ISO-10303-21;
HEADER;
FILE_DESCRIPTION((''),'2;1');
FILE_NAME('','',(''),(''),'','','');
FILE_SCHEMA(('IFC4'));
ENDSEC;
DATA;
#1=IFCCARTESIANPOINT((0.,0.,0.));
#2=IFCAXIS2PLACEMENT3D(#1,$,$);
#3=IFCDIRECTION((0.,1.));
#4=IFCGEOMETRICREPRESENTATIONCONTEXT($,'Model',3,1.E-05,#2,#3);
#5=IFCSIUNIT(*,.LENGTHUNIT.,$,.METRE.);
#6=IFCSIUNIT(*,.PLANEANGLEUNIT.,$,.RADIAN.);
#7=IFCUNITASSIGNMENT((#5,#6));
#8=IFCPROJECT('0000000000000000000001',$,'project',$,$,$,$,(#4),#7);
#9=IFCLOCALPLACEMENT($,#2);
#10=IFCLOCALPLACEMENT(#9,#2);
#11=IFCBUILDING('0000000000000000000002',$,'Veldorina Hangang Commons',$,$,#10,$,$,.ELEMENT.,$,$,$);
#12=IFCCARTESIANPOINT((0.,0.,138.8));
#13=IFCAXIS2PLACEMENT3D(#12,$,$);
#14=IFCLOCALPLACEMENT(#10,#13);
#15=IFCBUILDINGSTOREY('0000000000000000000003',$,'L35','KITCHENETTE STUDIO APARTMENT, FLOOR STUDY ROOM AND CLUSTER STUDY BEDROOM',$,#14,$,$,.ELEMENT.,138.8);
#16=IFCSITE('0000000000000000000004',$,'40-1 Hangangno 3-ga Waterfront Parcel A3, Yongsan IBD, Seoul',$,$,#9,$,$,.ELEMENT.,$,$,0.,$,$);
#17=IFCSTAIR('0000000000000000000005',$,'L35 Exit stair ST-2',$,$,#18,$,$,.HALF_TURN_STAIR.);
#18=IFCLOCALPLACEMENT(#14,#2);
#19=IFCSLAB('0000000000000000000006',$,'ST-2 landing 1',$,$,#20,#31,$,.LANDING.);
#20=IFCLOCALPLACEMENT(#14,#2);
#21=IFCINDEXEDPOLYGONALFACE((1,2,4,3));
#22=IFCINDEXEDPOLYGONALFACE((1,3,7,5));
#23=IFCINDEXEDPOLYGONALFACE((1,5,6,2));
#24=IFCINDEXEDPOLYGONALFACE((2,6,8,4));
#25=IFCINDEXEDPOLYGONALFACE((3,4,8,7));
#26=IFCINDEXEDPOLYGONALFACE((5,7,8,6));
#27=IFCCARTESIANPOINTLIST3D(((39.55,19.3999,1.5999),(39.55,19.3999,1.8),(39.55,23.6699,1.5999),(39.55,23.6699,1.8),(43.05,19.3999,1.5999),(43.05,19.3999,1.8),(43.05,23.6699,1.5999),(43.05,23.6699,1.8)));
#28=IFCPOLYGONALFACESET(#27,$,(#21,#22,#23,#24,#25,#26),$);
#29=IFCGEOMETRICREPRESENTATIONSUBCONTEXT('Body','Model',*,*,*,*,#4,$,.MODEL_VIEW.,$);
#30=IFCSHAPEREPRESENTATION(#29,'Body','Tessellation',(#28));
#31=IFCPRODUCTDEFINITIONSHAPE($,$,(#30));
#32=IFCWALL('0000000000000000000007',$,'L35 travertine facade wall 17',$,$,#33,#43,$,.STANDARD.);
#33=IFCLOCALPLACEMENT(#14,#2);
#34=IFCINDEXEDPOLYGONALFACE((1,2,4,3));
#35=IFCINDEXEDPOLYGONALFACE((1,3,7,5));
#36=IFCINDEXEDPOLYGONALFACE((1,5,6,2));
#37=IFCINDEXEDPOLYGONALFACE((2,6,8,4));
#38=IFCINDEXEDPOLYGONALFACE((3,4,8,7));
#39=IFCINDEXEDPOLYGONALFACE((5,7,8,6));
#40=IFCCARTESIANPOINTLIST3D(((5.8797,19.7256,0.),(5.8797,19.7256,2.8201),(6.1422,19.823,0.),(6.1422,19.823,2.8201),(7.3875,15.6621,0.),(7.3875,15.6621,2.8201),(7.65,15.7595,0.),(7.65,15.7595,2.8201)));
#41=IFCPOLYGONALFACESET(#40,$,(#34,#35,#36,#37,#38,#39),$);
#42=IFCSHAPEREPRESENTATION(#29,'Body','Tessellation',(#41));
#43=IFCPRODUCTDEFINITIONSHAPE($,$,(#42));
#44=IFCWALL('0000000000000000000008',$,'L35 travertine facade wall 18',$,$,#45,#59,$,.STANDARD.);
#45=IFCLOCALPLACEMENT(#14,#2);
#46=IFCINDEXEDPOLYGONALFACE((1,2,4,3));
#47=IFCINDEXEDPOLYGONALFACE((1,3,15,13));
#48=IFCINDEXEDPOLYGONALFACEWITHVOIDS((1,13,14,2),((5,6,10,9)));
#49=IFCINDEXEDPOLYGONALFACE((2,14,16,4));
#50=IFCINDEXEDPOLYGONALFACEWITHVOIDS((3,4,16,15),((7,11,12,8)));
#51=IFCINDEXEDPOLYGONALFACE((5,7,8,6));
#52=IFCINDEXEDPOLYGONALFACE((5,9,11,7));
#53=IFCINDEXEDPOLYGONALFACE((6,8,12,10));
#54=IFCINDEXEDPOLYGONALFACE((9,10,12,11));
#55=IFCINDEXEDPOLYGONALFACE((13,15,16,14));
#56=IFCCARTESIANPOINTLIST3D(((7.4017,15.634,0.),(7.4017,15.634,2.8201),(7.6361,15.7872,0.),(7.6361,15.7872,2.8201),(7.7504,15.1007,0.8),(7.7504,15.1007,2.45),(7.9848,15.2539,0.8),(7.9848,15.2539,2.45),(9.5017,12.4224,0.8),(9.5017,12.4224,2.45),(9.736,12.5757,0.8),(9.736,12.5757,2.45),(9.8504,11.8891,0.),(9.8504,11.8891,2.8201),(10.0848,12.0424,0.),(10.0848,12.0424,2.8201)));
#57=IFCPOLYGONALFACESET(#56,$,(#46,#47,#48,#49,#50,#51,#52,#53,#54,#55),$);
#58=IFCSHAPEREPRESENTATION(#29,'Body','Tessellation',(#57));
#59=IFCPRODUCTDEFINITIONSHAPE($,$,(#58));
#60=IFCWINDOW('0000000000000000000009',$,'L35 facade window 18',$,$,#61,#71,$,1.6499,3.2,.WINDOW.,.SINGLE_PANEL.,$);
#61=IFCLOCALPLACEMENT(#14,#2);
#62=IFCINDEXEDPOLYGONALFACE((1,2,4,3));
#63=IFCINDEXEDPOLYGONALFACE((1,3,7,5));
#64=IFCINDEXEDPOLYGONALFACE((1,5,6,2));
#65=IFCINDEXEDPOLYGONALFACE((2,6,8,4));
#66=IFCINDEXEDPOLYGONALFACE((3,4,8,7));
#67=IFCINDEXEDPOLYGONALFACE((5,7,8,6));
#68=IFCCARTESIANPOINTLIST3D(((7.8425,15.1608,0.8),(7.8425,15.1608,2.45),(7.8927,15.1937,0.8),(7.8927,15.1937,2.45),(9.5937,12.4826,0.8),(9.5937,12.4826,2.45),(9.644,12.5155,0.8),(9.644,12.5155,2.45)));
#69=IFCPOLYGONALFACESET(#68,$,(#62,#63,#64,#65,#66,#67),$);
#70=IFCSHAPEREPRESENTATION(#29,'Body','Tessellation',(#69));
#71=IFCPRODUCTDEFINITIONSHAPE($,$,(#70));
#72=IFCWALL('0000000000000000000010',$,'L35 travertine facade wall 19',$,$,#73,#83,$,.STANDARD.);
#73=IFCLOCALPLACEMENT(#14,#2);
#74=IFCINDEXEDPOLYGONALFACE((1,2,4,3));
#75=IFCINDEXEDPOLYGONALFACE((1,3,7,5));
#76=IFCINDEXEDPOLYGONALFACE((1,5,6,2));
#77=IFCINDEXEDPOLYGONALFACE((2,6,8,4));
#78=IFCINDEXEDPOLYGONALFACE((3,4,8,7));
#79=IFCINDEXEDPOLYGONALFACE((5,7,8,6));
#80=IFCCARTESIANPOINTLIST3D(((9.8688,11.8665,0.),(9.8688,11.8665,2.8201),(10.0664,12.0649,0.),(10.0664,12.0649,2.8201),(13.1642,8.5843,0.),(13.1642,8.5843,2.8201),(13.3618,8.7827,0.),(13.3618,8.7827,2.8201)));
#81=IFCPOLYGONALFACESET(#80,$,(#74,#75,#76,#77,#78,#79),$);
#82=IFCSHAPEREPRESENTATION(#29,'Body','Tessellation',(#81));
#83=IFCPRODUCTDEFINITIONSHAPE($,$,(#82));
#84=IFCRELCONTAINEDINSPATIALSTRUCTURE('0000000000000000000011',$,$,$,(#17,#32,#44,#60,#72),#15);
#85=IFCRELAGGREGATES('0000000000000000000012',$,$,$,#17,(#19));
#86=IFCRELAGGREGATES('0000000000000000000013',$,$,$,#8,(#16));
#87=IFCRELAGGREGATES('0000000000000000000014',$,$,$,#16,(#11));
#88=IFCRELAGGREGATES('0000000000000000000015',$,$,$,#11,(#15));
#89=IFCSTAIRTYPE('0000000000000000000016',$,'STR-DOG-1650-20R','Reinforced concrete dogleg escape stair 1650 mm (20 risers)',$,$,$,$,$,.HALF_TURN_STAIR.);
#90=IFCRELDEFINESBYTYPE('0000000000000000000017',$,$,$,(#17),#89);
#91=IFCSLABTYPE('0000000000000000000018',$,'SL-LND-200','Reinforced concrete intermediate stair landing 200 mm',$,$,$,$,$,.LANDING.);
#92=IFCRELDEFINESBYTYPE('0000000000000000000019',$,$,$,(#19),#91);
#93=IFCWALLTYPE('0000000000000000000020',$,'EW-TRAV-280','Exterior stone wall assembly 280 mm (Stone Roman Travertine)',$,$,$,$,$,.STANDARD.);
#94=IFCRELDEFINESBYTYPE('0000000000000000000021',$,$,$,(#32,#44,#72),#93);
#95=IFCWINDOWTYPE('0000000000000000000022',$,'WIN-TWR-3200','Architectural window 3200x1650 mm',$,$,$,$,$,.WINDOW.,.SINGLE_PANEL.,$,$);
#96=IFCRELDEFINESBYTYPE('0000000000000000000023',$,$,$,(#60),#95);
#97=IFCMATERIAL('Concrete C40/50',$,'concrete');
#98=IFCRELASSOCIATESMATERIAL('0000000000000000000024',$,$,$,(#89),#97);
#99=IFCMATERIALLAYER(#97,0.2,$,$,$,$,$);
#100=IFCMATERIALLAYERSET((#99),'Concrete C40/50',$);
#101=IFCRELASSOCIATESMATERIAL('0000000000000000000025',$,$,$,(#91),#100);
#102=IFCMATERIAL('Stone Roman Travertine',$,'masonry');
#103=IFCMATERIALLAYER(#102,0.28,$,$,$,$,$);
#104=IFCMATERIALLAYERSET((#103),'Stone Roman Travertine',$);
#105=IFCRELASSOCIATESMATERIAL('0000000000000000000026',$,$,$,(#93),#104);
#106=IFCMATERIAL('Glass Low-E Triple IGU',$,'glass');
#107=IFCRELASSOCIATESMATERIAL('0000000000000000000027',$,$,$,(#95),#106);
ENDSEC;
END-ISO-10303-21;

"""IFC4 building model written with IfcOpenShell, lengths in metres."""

from ifc_helpers import new_model, si_unit, direction, frame, frame_2d, origin, place, context, subcontext, project, spatial, polyline, rectangle, outline, extrude, material, layer, layer_set, type_object, element, fill, aggregate, save


model = new_model("IFC4")

# Units and contexts
model_context = context("Model", 3, precision=1e-05, world=origin(), true_north=direction((0.0, 1.0)))
body_context = subcontext(model_context, "Body", "Model", "MODEL_VIEW")
ifc_project = project(units=[si_unit("LENGTHUNIT", "METRE"), si_unit("PLANEANGLEUNIT", "RADIAN")], contexts=[model_context])

# Site, building, storey
site_placement = place(None, origin())
site = spatial("IfcSite", under=ifc_project, at=site_placement, Name="40-1 Hangangno 3-ga Waterfront Parcel A3, Yongsan IBD, Seoul", CompositionType="ELEMENT", RefElevation=0.0)
building_placement = place(site_placement, origin())
building = spatial("IfcBuilding", under=site, at=building_placement, Name="Veldorina Hangang Commons", CompositionType="ELEMENT")
storey_placement = place(building_placement, frame((0.0, 0.0, 138.8)))
storey = spatial("IfcBuildingStorey", under=building, at=storey_placement, Name="L35", Description="KITCHENETTE STUDIO APARTMENT, FLOOR STUDY ROOM AND CLUSTER STUDY BEDROOM", CompositionType="ELEMENT", Elevation=138.8)

# Shared definitions
ifc_material_1 = material(Name="Concrete C40/50", Category="concrete")

# Stair, slab
stair_type = type_object("IfcStairType", Name="STR-DOG-1650-20R", Description="Reinforced concrete dogleg escape stair 1650 mm (20 risers)", PredefinedType="HALF_TURN_STAIR", material=ifc_material_1)
ifc_layer_1 = layer(ifc_material_1, 0.2)
ifc_layer_set_1 = layer_set([ifc_layer_1], Name="Concrete C40/50")
slab_type_1 = type_object("IfcSlabType", Name="SL-LND-200", Description="Reinforced concrete intermediate stair landing 200 mm", PredefinedType="LANDING", material=ifc_layer_set_1)
stair_1_placement = place(storey_placement, origin())
stair_1 = element("IfcStair", 1, at=stair_1_placement, inside=storey, type_object=stair_type, Name="L35 Exit stair ST-2", PredefinedType="HALF_TURN_STAIR")
slab_1_placement = place(storey_placement, frame((0.0, 0.0, 1.5999)))
slab_1 = element("IfcSlab", 2, at=slab_1_placement, type_object=slab_type_1, Name="ST-2 landing 1", PredefinedType="LANDING", context=body_context, shape_type="SweptSolid", body=[
    extrude(outline(polyline([(39.55, 23.6699), (39.55, 19.3999), (43.05, 19.3999), (43.05, 23.6699), (39.55, 23.6699)])), origin(), (0.0, 0.0, 1.0), 0.2002),
])
aggregate(stair_1, [slab_1])

# Wall
ifc_material_2 = material(Name="Stone Roman Travertine", Category="masonry")
ifc_layer_2 = layer(ifc_material_2, 0.28)
ifc_layer_set_2 = layer_set([ifc_layer_2], Name="Stone Roman Travertine")
wall_type = type_object("IfcWallType", Name="EW-TRAV-280", Description="Exterior stone wall assembly 280 mm (Stone Roman Travertine)", PredefinedType="STANDARD", material=ifc_layer_set_2)
wall_1_placement = place(storey_placement, frame((6.011, 19.7742, 0.0), z_axis=(0.0, 0.0, 1.0), x_axis=(0.347887, -0.937537, 0.0)))
element("IfcWall", 3, at=wall_1_placement, inside=storey, type_object=wall_type, Name="L35 travertine facade wall 17", PredefinedType="STANDARD", context=body_context, shape_type="SweptSolid", body=[
    extrude(rectangle(XDim=4.3342, YDim=0.28, at=frame_2d((2.167, 0.0))), origin(), (0.0, 0.0, 1.0), 2.8201),
])

# Wall, opening, window
wall_2_placement = place(storey_placement, frame((7.5188, 15.7107, 0.0), z_axis=(0.0, 0.0, 1.0), x_axis=(0.547274, -0.836953, 0.0)))
wall_2 = element("IfcWall", 4, at=wall_2_placement, inside=storey, type_object=wall_type, Name="L35 travertine facade wall 18", PredefinedType="STANDARD", context=body_context, shape_type="SweptSolid", body=[
    extrude(rectangle(XDim=4.4744, YDim=0.28, at=frame_2d((2.2373, 0.0))), origin(), (0.0, 0.0, 1.0), 2.8201),
])
opening_placement = place(wall_2_placement, frame((0.6372, 0.0, 0.8)))
opening = element("IfcOpeningElement", 5, at=opening_placement, cuts=wall_2, PredefinedType="OPENING", context=body_context, shape_type="SweptSolid", body=[
    extrude(rectangle(XDim=3.2, YDim=1.6499, at=frame_2d((1.6001, 0.825))), frame((0.0, 0.1499, 0.0), z_axis=(0.0, -1.0, 0.0), x_axis=(1.0, 0.0, 0.0)), (0.0, 0.0, 1.0), 0.3),
])
ifc_material_3 = material(Name="Glass Low-E Triple IGU", Category="glass")
window_type = type_object("IfcWindowType", Name="WIN-TWR-3200", Description="Architectural window 3200x1650 mm", PartitioningType="SINGLE_PANEL", PredefinedType="WINDOW", material=ifc_material_3)
window_placement = place(opening_placement, origin())
window = element("IfcWindow", 6, at=window_placement, inside=storey, type_object=window_type, Name="L35 facade window 18", OverallHeight=1.6499, OverallWidth=3.2, PartitioningType="SINGLE_PANEL", PredefinedType="WINDOW", context=body_context, shape_type="SweptSolid", body=[
    extrude(rectangle(XDim=3.2, YDim=1.6499, at=frame_2d((1.6001, 0.825))), frame((0.0, 0.03, 0.0), z_axis=(0.0, -1.0, 0.0), x_axis=(1.0, 0.0, 0.0)), (0.0, 0.0, 1.0), 0.0601),
])
fill(opening, window)

# Wall
wall_3_placement = place(storey_placement, frame((9.9675, 11.9658, 0.0), z_axis=(0.0, 0.0, 1.0), x_axis=(0.708523, -0.705688, 0.0)))
element("IfcWall", 7, at=wall_3_placement, inside=storey, type_object=wall_type, Name="L35 travertine facade wall 19", PredefinedType="STANDARD", context=body_context, shape_type="SweptSolid", body=[
    extrude(rectangle(XDim=4.6511, YDim=0.28, at=frame_2d((2.3257, 0.0))), origin(), (0.0, 0.0, 1.0), 2.8201),
])

save(model, "model.ifc")
